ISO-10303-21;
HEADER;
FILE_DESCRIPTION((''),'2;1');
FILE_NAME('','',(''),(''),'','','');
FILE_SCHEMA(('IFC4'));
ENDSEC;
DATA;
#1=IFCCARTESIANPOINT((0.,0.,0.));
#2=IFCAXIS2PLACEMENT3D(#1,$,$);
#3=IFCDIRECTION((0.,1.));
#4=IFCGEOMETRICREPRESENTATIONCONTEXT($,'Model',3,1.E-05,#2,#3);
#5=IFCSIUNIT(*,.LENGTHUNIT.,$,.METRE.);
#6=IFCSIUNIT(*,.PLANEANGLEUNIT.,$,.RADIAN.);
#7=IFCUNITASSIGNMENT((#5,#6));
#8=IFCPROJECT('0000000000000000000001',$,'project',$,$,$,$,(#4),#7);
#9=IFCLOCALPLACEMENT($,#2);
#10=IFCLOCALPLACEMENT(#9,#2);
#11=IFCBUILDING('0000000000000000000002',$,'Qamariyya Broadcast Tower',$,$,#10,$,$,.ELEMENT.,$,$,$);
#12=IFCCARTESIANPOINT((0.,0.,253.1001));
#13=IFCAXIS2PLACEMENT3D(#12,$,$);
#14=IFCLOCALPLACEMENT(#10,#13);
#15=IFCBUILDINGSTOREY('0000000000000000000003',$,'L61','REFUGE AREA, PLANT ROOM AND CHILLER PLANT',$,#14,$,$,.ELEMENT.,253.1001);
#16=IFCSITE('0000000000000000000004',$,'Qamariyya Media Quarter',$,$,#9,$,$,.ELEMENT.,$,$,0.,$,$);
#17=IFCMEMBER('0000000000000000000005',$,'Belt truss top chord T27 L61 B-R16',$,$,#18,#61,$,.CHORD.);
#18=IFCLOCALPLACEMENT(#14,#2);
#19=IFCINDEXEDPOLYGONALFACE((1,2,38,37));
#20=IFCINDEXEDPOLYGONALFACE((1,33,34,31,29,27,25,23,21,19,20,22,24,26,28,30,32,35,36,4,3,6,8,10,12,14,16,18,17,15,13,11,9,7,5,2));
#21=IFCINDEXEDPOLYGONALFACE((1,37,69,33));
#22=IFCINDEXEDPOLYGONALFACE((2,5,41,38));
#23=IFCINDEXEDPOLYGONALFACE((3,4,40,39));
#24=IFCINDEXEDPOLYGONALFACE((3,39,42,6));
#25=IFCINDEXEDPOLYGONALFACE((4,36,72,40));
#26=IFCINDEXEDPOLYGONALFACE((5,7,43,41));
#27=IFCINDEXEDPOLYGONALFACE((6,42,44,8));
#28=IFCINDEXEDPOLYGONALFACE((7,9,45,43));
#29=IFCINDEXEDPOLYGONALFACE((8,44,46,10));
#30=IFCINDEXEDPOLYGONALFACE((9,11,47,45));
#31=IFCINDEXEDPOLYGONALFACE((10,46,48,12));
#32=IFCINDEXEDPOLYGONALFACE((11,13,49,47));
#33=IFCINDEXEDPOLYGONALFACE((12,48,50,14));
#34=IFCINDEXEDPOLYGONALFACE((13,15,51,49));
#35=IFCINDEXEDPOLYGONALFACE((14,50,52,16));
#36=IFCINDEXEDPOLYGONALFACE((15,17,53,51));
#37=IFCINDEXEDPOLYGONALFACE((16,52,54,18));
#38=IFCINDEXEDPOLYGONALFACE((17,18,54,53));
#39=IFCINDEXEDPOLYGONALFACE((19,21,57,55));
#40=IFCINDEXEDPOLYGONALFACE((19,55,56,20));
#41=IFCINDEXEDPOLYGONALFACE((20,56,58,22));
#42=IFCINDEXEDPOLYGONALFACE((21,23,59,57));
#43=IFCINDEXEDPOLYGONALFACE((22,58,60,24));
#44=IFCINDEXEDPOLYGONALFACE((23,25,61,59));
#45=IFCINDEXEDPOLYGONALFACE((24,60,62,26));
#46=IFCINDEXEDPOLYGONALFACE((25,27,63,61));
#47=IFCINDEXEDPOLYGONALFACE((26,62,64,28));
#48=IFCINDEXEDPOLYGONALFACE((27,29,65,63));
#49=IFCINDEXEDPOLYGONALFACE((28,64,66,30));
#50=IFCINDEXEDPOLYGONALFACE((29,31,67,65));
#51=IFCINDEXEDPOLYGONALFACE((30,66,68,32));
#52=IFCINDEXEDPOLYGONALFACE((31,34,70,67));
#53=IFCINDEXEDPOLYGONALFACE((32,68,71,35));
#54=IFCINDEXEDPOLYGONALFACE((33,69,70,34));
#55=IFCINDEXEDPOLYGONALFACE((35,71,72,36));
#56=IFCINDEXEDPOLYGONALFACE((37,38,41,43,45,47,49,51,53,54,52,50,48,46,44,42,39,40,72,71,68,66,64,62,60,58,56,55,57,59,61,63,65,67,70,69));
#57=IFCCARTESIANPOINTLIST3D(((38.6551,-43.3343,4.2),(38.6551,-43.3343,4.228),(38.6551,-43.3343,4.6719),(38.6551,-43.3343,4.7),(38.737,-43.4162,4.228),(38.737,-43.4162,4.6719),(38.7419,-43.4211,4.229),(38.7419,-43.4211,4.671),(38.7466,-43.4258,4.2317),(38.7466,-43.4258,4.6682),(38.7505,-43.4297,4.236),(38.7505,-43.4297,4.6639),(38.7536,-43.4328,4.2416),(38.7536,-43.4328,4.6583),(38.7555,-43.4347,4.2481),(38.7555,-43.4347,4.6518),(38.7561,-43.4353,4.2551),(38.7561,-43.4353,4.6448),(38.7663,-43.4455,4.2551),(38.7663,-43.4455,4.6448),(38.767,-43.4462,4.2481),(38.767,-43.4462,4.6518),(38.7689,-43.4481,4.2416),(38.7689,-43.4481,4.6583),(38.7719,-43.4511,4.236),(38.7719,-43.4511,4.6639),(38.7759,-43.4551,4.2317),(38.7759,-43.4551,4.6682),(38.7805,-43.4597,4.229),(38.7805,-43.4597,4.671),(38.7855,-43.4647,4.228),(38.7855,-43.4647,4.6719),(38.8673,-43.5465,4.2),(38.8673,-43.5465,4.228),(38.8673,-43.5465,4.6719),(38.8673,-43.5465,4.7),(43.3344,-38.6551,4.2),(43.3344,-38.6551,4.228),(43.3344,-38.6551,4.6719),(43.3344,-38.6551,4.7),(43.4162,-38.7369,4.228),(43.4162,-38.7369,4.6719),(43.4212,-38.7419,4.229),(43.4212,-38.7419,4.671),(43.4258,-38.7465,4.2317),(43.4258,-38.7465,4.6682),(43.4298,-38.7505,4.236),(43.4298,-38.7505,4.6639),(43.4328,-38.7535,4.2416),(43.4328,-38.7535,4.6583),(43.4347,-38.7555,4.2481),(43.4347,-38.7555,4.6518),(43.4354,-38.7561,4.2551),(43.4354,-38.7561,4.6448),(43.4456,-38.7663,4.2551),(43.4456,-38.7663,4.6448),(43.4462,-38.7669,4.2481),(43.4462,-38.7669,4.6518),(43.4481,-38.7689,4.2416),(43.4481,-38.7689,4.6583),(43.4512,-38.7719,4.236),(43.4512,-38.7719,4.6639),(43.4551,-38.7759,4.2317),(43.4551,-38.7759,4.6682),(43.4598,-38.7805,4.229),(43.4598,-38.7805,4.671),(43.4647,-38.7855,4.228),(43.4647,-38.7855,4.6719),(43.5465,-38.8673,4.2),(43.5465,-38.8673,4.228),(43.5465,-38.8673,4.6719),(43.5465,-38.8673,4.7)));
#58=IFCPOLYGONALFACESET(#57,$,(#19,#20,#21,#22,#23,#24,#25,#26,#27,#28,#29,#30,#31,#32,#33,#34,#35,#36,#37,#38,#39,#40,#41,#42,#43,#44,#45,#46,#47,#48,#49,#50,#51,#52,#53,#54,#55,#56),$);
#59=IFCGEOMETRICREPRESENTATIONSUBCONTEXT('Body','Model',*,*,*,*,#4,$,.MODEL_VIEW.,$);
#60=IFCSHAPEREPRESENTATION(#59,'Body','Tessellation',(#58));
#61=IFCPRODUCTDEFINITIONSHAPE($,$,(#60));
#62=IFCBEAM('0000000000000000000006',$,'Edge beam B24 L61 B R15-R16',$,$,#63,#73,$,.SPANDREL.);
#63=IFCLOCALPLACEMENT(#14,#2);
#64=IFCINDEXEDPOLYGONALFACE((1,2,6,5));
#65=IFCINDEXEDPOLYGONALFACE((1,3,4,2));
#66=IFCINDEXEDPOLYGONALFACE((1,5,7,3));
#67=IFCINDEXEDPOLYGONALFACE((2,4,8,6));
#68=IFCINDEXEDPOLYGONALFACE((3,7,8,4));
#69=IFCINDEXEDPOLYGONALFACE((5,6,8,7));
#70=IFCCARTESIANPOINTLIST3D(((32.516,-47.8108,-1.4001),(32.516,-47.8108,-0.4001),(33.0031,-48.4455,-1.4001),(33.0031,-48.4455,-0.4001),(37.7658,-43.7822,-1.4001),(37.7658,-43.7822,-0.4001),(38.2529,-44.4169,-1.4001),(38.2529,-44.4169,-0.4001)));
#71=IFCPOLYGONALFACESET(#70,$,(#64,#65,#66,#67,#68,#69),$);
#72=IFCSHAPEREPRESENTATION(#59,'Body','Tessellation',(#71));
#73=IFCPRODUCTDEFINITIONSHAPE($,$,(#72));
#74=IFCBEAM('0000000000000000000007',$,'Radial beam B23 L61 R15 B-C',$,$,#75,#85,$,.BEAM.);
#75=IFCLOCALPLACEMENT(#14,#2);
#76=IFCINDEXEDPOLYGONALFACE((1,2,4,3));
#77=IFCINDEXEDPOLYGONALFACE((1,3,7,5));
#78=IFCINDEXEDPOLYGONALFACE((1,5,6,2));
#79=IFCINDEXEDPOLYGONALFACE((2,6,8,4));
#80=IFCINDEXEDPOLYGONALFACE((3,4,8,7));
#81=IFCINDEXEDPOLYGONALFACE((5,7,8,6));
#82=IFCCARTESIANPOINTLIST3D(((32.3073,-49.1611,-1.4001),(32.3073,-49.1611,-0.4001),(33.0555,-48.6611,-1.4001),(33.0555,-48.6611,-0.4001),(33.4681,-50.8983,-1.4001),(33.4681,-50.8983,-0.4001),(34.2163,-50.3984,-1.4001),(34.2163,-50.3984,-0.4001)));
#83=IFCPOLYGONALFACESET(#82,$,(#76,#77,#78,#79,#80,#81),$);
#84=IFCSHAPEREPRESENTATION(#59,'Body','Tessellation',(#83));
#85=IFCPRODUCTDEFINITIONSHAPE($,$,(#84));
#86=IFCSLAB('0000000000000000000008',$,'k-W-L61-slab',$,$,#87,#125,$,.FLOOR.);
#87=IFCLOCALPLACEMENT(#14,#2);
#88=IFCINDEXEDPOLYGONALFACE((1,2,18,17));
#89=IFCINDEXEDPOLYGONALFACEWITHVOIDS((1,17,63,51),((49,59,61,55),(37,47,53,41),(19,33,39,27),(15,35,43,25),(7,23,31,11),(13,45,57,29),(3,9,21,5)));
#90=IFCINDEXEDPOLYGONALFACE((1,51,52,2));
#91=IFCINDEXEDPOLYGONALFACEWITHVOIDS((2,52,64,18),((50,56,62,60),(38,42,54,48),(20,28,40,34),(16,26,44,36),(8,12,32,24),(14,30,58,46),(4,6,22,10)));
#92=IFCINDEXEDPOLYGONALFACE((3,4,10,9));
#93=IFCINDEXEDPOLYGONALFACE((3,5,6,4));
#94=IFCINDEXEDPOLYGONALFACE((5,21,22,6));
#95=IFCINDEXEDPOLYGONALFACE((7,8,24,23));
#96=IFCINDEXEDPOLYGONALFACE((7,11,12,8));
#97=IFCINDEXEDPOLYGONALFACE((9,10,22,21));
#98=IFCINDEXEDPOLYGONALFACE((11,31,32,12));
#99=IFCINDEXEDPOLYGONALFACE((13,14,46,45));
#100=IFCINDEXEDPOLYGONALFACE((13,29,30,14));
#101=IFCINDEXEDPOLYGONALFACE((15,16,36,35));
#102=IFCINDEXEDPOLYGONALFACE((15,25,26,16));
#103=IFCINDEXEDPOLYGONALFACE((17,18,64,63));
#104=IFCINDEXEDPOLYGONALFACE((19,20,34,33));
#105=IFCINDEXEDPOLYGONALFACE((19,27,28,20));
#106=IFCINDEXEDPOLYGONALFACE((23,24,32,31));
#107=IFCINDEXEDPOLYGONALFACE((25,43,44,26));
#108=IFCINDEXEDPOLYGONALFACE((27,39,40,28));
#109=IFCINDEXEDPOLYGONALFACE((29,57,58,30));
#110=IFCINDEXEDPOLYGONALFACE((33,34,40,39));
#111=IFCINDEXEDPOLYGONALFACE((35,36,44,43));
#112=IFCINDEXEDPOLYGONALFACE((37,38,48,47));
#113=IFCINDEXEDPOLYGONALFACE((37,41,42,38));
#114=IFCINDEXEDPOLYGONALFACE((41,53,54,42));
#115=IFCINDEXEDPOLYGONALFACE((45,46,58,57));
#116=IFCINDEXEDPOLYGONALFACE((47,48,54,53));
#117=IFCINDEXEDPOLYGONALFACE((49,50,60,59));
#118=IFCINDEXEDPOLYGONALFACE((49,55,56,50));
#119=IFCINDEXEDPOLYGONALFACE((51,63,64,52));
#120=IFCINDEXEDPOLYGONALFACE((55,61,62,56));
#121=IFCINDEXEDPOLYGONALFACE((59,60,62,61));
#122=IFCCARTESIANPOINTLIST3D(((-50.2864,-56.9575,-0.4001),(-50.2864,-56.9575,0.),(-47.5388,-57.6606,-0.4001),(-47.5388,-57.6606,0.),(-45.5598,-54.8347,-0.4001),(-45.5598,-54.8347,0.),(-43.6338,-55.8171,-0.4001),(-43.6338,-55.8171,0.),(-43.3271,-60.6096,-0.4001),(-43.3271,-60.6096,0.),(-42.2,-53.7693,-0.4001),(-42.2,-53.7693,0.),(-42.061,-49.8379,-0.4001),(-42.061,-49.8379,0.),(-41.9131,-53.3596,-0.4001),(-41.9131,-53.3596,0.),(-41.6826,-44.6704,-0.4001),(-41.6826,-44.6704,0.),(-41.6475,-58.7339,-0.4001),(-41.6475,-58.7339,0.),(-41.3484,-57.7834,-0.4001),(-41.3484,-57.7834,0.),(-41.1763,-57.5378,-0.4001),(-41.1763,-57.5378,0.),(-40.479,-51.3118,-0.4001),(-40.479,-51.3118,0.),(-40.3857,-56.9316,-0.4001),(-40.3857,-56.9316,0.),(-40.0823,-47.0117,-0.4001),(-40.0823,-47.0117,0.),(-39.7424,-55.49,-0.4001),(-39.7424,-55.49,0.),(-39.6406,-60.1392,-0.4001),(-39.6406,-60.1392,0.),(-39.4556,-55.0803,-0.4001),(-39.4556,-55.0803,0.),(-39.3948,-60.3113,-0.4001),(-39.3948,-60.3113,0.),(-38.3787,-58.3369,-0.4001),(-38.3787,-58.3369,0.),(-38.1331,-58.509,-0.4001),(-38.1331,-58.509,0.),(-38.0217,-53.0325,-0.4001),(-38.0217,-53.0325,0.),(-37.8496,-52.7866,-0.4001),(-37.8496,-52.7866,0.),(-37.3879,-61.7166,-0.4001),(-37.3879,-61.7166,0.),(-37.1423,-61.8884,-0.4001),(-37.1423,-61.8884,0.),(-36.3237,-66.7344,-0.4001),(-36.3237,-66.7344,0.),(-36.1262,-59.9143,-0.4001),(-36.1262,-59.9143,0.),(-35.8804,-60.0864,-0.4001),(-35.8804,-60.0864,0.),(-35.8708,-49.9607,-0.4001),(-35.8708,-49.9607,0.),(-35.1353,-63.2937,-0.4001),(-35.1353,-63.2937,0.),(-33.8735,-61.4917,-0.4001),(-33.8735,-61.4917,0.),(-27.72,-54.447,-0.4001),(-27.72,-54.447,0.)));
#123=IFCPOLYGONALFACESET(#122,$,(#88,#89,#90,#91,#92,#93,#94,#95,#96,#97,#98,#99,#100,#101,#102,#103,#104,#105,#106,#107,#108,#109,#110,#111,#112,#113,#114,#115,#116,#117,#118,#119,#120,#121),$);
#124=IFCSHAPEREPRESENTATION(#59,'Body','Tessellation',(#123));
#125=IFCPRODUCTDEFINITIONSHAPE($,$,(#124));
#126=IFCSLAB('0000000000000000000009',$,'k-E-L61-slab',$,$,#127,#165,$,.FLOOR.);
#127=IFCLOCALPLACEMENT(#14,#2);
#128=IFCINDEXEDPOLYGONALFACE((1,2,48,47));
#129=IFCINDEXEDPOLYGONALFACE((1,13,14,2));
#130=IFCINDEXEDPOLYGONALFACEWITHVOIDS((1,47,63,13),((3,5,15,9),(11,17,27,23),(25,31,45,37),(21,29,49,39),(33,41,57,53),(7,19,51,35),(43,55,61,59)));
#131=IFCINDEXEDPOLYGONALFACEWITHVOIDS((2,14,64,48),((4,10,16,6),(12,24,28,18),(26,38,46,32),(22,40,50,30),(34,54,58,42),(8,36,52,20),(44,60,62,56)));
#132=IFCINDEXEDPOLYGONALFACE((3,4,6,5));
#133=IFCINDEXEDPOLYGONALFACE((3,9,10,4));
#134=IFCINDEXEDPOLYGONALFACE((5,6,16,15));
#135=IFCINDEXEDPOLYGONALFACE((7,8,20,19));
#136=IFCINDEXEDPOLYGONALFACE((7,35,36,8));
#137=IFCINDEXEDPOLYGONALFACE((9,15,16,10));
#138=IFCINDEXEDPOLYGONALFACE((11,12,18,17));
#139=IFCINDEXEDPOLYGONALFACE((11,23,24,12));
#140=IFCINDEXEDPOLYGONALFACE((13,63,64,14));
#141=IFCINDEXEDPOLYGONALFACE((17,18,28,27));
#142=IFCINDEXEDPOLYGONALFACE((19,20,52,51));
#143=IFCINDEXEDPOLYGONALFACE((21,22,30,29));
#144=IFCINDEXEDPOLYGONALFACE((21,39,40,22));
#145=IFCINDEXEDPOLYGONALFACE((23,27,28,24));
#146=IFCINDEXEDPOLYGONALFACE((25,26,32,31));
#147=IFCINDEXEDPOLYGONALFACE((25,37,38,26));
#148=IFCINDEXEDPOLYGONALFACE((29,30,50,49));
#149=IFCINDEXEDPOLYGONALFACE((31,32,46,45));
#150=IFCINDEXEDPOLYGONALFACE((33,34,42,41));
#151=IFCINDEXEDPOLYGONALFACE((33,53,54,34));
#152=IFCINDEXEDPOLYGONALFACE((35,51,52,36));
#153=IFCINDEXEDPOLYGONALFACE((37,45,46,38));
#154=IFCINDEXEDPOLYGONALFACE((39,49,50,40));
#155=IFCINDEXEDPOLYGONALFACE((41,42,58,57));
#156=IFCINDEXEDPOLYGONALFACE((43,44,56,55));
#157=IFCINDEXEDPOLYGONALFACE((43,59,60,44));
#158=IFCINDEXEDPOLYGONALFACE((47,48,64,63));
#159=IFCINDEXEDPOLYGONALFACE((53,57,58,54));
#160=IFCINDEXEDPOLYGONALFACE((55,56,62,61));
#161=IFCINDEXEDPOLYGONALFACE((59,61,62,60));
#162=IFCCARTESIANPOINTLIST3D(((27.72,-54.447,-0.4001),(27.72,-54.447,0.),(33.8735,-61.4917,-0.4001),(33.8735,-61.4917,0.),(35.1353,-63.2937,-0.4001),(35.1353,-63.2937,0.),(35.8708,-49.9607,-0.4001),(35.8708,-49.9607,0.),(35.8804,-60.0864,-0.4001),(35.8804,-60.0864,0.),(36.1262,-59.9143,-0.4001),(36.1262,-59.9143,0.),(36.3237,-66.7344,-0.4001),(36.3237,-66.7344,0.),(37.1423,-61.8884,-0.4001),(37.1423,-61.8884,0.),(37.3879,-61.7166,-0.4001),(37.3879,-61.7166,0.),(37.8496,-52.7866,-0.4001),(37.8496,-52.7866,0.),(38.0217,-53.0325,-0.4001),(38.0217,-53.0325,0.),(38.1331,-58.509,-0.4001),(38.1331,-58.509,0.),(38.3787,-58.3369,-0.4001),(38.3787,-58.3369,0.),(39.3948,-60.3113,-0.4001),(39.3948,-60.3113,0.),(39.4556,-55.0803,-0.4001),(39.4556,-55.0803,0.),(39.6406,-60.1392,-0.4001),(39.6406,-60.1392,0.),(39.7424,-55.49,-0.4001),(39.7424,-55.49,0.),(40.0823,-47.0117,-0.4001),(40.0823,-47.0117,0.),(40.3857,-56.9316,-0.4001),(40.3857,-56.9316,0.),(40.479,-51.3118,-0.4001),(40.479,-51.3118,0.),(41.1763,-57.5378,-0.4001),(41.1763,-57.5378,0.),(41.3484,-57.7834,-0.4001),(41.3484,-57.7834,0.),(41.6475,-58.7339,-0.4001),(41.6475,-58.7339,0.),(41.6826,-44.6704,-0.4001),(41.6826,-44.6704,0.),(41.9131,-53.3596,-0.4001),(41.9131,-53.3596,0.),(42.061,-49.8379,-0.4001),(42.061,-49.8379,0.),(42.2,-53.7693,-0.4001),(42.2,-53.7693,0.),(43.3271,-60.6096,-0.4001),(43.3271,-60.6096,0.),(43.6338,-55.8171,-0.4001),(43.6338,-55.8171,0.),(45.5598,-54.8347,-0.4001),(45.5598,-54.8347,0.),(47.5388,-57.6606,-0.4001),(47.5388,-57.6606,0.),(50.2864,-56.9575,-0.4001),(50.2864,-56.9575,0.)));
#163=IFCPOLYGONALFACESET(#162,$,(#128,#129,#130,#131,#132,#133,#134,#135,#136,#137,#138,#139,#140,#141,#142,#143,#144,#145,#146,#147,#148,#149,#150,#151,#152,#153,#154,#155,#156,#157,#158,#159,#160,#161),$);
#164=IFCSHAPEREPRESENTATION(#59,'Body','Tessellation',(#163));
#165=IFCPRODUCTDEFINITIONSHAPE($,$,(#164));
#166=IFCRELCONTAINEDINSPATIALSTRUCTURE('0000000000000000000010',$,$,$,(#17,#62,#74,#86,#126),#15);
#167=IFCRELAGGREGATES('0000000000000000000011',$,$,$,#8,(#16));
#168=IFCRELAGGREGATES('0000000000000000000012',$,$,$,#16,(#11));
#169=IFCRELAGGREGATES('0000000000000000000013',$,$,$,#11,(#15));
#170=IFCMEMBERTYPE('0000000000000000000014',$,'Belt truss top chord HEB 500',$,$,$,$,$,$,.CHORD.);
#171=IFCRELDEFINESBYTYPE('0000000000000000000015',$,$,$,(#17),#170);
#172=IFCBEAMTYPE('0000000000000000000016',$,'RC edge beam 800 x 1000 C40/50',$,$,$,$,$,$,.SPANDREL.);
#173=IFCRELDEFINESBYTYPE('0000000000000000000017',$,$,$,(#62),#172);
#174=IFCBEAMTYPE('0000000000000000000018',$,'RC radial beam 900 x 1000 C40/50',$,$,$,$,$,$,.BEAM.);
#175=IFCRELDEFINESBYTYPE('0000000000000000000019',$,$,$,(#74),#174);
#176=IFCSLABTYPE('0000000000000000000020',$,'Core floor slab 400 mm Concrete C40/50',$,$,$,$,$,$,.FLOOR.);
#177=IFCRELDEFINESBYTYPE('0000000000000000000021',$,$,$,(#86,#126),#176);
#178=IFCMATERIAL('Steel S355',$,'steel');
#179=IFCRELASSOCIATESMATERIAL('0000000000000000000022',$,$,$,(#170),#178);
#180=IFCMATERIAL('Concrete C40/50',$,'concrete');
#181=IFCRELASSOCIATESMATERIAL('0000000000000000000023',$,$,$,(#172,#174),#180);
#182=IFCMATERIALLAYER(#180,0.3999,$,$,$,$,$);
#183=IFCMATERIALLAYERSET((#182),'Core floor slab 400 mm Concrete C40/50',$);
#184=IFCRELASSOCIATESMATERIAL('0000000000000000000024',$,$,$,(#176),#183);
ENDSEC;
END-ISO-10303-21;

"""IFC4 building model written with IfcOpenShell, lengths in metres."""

from ifc_helpers import new_model, si_unit, direction, frame, origin, origin_2d, place, context, subcontext, project, spatial, polyline, rectangle, i_section, outline, extrude, material, layer, layer_set, material_profile, profile_set, type_object, element, save


model = new_model("IFC4")

# Units and contexts
model_context = context("Model", 3, precision=1e-05, world=origin(), true_north=direction((0.0, 1.0)))
body_context = subcontext(model_context, "Body", "Model", "MODEL_VIEW")
ifc_project = project(units=[si_unit("LENGTHUNIT", "METRE"), si_unit("PLANEANGLEUNIT", "RADIAN")], contexts=[model_context])

# Site, building, storey
site_placement = place(None, origin())
site = spatial("IfcSite", under=ifc_project, at=site_placement, Name="Qamariyya Media Quarter", CompositionType="ELEMENT", RefElevation=0.0)
building_placement = place(site_placement, origin())
building = spatial("IfcBuilding", under=site, at=building_placement, Name="Qamariyya Broadcast Tower", CompositionType="ELEMENT")
storey_placement = place(building_placement, frame((0.0, 0.0, 253.1001)))
storey = spatial("IfcBuildingStorey", under=building, at=storey_placement, Name="L61", Description="REFUGE AREA, PLANT ROOM AND CHILLER PLANT", CompositionType="ELEMENT", Elevation=253.1001)

# Member
ifc_material_1 = material(Name="Steel S355", Category="steel")
ifc_material_profile_1 = material_profile(ifc_material_1, i_section(OverallWidth=0.3, OverallDepth=0.5, WebThickness=0.0144, FlangeThickness=0.0281, FilletRadius=0.0271, at=origin_2d()))
ifc_profile_set_1 = profile_set([ifc_material_profile_1], Name="Steel S355")
member_type_1 = type_object("IfcMemberType", Name="Belt truss top chord HEB 500", PredefinedType="CHORD", material=ifc_profile_set_1)
for number, where, z_axis, x_axis, name in (
    (1, (38.7612, -43.4404, 4.45), (0.707107, 0.707107, 0.0), (-0.707107, 0.707107, 0.0), "Belt truss top chord T27 L61 B-R16"),
):
    element("IfcMember", number, at=place(storey_placement, frame(where, z_axis=z_axis, x_axis=x_axis)), inside=storey, type_object=member_type_1, Name=name, PredefinedType="CHORD", context=body_context, shape_type="SweptSolid", body=[
        extrude(i_section(OverallWidth=0.3, OverallDepth=0.5, WebThickness=0.0144, FlangeThickness=0.0281, FilletRadius=0.0271, at=origin_2d()), origin(), (0.0, 0.0, 1.0), 6.6174),
    ])

# Beams
ifc_material_2 = material(Name="Concrete C40/50", Category="concrete")
ifc_material_profile_2 = material_profile(ifc_material_2, rectangle(XDim=0.8, YDim=1.0, at=origin_2d()))
ifc_profile_set_2 = profile_set([ifc_material_profile_2], Name="Concrete C40/50")
beam_type_1 = type_object("IfcBeamType", Name="RC edge beam 800 x 1000 C40/50", PredefinedType="SPANDREL", material=ifc_profile_set_2)
beam_1_placement = place(storey_placement, frame((32.7595, -48.1282, -0.9001), z_axis=(0.793333, 0.608789, 0.0), x_axis=(-0.608789, 0.793333, 0.0)))
element("IfcBeam", 2, at=beam_1_placement, inside=storey, type_object=beam_type_1, Name="Edge beam B24 L61 B R15-R16", PredefinedType="SPANDREL", context=body_context, shape_type="SweptSolid", body=[
    extrude(rectangle(XDim=0.8, YDim=1.0, at=origin_2d()), origin(), (0.0, 0.0, 1.0), 6.6174),
])
ifc_material_profile_3 = material_profile(ifc_material_2, rectangle(XDim=0.8999, YDim=1.0, at=origin_2d()))
ifc_profile_set_3 = profile_set([ifc_material_profile_3], Name="Concrete C40/50")
beam_type_2 = type_object("IfcBeamType", Name="RC radial beam 900 x 1000 C40/50", PredefinedType="BEAM", material=ifc_profile_set_3)
beam_2_placement = place(storey_placement, frame((32.6814, -48.9111, -0.9001), z_axis=(0.55559, -0.831457, 0.0), x_axis=(0.831457, 0.55559, 0.0)))
element("IfcBeam", 3, at=beam_2_placement, inside=storey, type_object=beam_type_2, Name="Radial beam B23 L61 R15 B-C", PredefinedType="BEAM", context=body_context, shape_type="SweptSolid", body=[
    extrude(rectangle(XDim=0.8999, YDim=1.0, at=origin_2d()), origin(), (0.0, 0.0, 1.0), 2.0894),
])

# Slabs
ifc_layer_1 = layer(ifc_material_2, 0.3999)
ifc_layer_set_1 = layer_set([ifc_layer_1], Name="Core floor slab 400 mm Concrete C40/50")
slab_type_1 = type_object("IfcSlabType", Name="Core floor slab 400 mm Concrete C40/50", PredefinedType="FLOOR", material=ifc_layer_set_1)
slab_1_placement = place(storey_placement, frame((0.0, 0.0, -0.4001)))
element("IfcSlab", 4, at=slab_1_placement, inside=storey, type_object=slab_type_1, Name="k-W-L61-slab", PredefinedType="FLOOR", context=body_context, shape_type="SweptSolid", body=[
    extrude(outline(polyline([(-50.2864, -56.9575), (-36.3237, -66.7344), (-27.72, -54.447), (-41.6826, -44.6704), (-50.2864, -56.9575)]), holes=[polyline([(-33.8735, -61.4917), (-35.8804, -60.0864), (-37.1423, -61.8884), (-35.1353, -63.2937), (-33.8735, -61.4917)]), polyline([(-36.1262, -59.9143), (-38.1331, -58.509), (-39.3948, -60.3113), (-37.3879, -61.7166), (-36.1262, -59.9143)]), polyline([(-38.3787, -58.3369), (-40.3857, -56.9316), (-41.6475, -58.7339), (-39.6406, -60.1392), (-38.3787, -58.3369)]), polyline([(-39.7424, -55.49), (-42.2, -53.7693), (-43.6338, -55.8171), (-41.1763, -57.5378), (-39.7424, -55.49)]), polyline([(-39.4556, -55.0803), (-41.9131, -53.3596), (-40.479, -51.3118), (-38.0217, -53.0325), (-39.4556, -55.0803)]), polyline([(-42.061, -49.8379), (-37.8496, -52.7866), (-35.8708, -49.9607), (-40.0823, -47.0117), (-42.061, -49.8379)]), polyline([(-47.5388, -57.6606), (-43.3271, -60.6096), (-41.3484, -57.7834), (-45.5598, -54.8347), (-47.5388, -57.6606)])]), origin(), (0.0, 0.0, 1.0), 0.4001),
])
slab_2_placement = place(storey_placement, frame((0.0, 0.0, -0.4001)))
element("IfcSlab", 5, at=slab_2_placement, inside=storey, type_object=slab_type_1, Name="k-E-L61-slab", PredefinedType="FLOOR", context=body_context, shape_type="SweptSolid", body=[
    extrude(outline(polyline([(36.3237, -66.7344), (50.2864, -56.9575), (41.6826, -44.6704), (27.72, -54.447), (36.3237, -66.7344)]), holes=[polyline([(33.8735, -61.4917), (35.8804, -60.0864), (37.1423, -61.8884), (35.1353, -63.2937), (33.8735, -61.4917)]), polyline([(36.1262, -59.9143), (38.1331, -58.509), (39.3948, -60.3113), (37.3879, -61.7166), (36.1262, -59.9143)]), polyline([(38.3787, -58.3369), (40.3857, -56.9316), (41.6475, -58.7339), (39.6406, -60.1392), (38.3787, -58.3369)]), polyline([(39.7424, -55.49), (42.2, -53.7693), (43.6338, -55.8171), (41.1763, -57.5378), (39.7424, -55.49)]), polyline([(39.4556, -55.0803), (41.9131, -53.3596), (40.479, -51.3118), (38.0217, -53.0325), (39.4556, -55.0803)]), polyline([(40.0823, -47.0117), (35.8708, -49.9607), (37.8496, -52.7866), (42.061, -49.8379), (40.0823, -47.0117)]), polyline([(45.5598, -54.8347), (41.3484, -57.7834), (43.3271, -60.6096), (47.5388, -57.6606), (45.5598, -54.8347)])]), origin(), (0.0, 0.0, 1.0), 0.4001),
])

save(model, "model.ifc")
